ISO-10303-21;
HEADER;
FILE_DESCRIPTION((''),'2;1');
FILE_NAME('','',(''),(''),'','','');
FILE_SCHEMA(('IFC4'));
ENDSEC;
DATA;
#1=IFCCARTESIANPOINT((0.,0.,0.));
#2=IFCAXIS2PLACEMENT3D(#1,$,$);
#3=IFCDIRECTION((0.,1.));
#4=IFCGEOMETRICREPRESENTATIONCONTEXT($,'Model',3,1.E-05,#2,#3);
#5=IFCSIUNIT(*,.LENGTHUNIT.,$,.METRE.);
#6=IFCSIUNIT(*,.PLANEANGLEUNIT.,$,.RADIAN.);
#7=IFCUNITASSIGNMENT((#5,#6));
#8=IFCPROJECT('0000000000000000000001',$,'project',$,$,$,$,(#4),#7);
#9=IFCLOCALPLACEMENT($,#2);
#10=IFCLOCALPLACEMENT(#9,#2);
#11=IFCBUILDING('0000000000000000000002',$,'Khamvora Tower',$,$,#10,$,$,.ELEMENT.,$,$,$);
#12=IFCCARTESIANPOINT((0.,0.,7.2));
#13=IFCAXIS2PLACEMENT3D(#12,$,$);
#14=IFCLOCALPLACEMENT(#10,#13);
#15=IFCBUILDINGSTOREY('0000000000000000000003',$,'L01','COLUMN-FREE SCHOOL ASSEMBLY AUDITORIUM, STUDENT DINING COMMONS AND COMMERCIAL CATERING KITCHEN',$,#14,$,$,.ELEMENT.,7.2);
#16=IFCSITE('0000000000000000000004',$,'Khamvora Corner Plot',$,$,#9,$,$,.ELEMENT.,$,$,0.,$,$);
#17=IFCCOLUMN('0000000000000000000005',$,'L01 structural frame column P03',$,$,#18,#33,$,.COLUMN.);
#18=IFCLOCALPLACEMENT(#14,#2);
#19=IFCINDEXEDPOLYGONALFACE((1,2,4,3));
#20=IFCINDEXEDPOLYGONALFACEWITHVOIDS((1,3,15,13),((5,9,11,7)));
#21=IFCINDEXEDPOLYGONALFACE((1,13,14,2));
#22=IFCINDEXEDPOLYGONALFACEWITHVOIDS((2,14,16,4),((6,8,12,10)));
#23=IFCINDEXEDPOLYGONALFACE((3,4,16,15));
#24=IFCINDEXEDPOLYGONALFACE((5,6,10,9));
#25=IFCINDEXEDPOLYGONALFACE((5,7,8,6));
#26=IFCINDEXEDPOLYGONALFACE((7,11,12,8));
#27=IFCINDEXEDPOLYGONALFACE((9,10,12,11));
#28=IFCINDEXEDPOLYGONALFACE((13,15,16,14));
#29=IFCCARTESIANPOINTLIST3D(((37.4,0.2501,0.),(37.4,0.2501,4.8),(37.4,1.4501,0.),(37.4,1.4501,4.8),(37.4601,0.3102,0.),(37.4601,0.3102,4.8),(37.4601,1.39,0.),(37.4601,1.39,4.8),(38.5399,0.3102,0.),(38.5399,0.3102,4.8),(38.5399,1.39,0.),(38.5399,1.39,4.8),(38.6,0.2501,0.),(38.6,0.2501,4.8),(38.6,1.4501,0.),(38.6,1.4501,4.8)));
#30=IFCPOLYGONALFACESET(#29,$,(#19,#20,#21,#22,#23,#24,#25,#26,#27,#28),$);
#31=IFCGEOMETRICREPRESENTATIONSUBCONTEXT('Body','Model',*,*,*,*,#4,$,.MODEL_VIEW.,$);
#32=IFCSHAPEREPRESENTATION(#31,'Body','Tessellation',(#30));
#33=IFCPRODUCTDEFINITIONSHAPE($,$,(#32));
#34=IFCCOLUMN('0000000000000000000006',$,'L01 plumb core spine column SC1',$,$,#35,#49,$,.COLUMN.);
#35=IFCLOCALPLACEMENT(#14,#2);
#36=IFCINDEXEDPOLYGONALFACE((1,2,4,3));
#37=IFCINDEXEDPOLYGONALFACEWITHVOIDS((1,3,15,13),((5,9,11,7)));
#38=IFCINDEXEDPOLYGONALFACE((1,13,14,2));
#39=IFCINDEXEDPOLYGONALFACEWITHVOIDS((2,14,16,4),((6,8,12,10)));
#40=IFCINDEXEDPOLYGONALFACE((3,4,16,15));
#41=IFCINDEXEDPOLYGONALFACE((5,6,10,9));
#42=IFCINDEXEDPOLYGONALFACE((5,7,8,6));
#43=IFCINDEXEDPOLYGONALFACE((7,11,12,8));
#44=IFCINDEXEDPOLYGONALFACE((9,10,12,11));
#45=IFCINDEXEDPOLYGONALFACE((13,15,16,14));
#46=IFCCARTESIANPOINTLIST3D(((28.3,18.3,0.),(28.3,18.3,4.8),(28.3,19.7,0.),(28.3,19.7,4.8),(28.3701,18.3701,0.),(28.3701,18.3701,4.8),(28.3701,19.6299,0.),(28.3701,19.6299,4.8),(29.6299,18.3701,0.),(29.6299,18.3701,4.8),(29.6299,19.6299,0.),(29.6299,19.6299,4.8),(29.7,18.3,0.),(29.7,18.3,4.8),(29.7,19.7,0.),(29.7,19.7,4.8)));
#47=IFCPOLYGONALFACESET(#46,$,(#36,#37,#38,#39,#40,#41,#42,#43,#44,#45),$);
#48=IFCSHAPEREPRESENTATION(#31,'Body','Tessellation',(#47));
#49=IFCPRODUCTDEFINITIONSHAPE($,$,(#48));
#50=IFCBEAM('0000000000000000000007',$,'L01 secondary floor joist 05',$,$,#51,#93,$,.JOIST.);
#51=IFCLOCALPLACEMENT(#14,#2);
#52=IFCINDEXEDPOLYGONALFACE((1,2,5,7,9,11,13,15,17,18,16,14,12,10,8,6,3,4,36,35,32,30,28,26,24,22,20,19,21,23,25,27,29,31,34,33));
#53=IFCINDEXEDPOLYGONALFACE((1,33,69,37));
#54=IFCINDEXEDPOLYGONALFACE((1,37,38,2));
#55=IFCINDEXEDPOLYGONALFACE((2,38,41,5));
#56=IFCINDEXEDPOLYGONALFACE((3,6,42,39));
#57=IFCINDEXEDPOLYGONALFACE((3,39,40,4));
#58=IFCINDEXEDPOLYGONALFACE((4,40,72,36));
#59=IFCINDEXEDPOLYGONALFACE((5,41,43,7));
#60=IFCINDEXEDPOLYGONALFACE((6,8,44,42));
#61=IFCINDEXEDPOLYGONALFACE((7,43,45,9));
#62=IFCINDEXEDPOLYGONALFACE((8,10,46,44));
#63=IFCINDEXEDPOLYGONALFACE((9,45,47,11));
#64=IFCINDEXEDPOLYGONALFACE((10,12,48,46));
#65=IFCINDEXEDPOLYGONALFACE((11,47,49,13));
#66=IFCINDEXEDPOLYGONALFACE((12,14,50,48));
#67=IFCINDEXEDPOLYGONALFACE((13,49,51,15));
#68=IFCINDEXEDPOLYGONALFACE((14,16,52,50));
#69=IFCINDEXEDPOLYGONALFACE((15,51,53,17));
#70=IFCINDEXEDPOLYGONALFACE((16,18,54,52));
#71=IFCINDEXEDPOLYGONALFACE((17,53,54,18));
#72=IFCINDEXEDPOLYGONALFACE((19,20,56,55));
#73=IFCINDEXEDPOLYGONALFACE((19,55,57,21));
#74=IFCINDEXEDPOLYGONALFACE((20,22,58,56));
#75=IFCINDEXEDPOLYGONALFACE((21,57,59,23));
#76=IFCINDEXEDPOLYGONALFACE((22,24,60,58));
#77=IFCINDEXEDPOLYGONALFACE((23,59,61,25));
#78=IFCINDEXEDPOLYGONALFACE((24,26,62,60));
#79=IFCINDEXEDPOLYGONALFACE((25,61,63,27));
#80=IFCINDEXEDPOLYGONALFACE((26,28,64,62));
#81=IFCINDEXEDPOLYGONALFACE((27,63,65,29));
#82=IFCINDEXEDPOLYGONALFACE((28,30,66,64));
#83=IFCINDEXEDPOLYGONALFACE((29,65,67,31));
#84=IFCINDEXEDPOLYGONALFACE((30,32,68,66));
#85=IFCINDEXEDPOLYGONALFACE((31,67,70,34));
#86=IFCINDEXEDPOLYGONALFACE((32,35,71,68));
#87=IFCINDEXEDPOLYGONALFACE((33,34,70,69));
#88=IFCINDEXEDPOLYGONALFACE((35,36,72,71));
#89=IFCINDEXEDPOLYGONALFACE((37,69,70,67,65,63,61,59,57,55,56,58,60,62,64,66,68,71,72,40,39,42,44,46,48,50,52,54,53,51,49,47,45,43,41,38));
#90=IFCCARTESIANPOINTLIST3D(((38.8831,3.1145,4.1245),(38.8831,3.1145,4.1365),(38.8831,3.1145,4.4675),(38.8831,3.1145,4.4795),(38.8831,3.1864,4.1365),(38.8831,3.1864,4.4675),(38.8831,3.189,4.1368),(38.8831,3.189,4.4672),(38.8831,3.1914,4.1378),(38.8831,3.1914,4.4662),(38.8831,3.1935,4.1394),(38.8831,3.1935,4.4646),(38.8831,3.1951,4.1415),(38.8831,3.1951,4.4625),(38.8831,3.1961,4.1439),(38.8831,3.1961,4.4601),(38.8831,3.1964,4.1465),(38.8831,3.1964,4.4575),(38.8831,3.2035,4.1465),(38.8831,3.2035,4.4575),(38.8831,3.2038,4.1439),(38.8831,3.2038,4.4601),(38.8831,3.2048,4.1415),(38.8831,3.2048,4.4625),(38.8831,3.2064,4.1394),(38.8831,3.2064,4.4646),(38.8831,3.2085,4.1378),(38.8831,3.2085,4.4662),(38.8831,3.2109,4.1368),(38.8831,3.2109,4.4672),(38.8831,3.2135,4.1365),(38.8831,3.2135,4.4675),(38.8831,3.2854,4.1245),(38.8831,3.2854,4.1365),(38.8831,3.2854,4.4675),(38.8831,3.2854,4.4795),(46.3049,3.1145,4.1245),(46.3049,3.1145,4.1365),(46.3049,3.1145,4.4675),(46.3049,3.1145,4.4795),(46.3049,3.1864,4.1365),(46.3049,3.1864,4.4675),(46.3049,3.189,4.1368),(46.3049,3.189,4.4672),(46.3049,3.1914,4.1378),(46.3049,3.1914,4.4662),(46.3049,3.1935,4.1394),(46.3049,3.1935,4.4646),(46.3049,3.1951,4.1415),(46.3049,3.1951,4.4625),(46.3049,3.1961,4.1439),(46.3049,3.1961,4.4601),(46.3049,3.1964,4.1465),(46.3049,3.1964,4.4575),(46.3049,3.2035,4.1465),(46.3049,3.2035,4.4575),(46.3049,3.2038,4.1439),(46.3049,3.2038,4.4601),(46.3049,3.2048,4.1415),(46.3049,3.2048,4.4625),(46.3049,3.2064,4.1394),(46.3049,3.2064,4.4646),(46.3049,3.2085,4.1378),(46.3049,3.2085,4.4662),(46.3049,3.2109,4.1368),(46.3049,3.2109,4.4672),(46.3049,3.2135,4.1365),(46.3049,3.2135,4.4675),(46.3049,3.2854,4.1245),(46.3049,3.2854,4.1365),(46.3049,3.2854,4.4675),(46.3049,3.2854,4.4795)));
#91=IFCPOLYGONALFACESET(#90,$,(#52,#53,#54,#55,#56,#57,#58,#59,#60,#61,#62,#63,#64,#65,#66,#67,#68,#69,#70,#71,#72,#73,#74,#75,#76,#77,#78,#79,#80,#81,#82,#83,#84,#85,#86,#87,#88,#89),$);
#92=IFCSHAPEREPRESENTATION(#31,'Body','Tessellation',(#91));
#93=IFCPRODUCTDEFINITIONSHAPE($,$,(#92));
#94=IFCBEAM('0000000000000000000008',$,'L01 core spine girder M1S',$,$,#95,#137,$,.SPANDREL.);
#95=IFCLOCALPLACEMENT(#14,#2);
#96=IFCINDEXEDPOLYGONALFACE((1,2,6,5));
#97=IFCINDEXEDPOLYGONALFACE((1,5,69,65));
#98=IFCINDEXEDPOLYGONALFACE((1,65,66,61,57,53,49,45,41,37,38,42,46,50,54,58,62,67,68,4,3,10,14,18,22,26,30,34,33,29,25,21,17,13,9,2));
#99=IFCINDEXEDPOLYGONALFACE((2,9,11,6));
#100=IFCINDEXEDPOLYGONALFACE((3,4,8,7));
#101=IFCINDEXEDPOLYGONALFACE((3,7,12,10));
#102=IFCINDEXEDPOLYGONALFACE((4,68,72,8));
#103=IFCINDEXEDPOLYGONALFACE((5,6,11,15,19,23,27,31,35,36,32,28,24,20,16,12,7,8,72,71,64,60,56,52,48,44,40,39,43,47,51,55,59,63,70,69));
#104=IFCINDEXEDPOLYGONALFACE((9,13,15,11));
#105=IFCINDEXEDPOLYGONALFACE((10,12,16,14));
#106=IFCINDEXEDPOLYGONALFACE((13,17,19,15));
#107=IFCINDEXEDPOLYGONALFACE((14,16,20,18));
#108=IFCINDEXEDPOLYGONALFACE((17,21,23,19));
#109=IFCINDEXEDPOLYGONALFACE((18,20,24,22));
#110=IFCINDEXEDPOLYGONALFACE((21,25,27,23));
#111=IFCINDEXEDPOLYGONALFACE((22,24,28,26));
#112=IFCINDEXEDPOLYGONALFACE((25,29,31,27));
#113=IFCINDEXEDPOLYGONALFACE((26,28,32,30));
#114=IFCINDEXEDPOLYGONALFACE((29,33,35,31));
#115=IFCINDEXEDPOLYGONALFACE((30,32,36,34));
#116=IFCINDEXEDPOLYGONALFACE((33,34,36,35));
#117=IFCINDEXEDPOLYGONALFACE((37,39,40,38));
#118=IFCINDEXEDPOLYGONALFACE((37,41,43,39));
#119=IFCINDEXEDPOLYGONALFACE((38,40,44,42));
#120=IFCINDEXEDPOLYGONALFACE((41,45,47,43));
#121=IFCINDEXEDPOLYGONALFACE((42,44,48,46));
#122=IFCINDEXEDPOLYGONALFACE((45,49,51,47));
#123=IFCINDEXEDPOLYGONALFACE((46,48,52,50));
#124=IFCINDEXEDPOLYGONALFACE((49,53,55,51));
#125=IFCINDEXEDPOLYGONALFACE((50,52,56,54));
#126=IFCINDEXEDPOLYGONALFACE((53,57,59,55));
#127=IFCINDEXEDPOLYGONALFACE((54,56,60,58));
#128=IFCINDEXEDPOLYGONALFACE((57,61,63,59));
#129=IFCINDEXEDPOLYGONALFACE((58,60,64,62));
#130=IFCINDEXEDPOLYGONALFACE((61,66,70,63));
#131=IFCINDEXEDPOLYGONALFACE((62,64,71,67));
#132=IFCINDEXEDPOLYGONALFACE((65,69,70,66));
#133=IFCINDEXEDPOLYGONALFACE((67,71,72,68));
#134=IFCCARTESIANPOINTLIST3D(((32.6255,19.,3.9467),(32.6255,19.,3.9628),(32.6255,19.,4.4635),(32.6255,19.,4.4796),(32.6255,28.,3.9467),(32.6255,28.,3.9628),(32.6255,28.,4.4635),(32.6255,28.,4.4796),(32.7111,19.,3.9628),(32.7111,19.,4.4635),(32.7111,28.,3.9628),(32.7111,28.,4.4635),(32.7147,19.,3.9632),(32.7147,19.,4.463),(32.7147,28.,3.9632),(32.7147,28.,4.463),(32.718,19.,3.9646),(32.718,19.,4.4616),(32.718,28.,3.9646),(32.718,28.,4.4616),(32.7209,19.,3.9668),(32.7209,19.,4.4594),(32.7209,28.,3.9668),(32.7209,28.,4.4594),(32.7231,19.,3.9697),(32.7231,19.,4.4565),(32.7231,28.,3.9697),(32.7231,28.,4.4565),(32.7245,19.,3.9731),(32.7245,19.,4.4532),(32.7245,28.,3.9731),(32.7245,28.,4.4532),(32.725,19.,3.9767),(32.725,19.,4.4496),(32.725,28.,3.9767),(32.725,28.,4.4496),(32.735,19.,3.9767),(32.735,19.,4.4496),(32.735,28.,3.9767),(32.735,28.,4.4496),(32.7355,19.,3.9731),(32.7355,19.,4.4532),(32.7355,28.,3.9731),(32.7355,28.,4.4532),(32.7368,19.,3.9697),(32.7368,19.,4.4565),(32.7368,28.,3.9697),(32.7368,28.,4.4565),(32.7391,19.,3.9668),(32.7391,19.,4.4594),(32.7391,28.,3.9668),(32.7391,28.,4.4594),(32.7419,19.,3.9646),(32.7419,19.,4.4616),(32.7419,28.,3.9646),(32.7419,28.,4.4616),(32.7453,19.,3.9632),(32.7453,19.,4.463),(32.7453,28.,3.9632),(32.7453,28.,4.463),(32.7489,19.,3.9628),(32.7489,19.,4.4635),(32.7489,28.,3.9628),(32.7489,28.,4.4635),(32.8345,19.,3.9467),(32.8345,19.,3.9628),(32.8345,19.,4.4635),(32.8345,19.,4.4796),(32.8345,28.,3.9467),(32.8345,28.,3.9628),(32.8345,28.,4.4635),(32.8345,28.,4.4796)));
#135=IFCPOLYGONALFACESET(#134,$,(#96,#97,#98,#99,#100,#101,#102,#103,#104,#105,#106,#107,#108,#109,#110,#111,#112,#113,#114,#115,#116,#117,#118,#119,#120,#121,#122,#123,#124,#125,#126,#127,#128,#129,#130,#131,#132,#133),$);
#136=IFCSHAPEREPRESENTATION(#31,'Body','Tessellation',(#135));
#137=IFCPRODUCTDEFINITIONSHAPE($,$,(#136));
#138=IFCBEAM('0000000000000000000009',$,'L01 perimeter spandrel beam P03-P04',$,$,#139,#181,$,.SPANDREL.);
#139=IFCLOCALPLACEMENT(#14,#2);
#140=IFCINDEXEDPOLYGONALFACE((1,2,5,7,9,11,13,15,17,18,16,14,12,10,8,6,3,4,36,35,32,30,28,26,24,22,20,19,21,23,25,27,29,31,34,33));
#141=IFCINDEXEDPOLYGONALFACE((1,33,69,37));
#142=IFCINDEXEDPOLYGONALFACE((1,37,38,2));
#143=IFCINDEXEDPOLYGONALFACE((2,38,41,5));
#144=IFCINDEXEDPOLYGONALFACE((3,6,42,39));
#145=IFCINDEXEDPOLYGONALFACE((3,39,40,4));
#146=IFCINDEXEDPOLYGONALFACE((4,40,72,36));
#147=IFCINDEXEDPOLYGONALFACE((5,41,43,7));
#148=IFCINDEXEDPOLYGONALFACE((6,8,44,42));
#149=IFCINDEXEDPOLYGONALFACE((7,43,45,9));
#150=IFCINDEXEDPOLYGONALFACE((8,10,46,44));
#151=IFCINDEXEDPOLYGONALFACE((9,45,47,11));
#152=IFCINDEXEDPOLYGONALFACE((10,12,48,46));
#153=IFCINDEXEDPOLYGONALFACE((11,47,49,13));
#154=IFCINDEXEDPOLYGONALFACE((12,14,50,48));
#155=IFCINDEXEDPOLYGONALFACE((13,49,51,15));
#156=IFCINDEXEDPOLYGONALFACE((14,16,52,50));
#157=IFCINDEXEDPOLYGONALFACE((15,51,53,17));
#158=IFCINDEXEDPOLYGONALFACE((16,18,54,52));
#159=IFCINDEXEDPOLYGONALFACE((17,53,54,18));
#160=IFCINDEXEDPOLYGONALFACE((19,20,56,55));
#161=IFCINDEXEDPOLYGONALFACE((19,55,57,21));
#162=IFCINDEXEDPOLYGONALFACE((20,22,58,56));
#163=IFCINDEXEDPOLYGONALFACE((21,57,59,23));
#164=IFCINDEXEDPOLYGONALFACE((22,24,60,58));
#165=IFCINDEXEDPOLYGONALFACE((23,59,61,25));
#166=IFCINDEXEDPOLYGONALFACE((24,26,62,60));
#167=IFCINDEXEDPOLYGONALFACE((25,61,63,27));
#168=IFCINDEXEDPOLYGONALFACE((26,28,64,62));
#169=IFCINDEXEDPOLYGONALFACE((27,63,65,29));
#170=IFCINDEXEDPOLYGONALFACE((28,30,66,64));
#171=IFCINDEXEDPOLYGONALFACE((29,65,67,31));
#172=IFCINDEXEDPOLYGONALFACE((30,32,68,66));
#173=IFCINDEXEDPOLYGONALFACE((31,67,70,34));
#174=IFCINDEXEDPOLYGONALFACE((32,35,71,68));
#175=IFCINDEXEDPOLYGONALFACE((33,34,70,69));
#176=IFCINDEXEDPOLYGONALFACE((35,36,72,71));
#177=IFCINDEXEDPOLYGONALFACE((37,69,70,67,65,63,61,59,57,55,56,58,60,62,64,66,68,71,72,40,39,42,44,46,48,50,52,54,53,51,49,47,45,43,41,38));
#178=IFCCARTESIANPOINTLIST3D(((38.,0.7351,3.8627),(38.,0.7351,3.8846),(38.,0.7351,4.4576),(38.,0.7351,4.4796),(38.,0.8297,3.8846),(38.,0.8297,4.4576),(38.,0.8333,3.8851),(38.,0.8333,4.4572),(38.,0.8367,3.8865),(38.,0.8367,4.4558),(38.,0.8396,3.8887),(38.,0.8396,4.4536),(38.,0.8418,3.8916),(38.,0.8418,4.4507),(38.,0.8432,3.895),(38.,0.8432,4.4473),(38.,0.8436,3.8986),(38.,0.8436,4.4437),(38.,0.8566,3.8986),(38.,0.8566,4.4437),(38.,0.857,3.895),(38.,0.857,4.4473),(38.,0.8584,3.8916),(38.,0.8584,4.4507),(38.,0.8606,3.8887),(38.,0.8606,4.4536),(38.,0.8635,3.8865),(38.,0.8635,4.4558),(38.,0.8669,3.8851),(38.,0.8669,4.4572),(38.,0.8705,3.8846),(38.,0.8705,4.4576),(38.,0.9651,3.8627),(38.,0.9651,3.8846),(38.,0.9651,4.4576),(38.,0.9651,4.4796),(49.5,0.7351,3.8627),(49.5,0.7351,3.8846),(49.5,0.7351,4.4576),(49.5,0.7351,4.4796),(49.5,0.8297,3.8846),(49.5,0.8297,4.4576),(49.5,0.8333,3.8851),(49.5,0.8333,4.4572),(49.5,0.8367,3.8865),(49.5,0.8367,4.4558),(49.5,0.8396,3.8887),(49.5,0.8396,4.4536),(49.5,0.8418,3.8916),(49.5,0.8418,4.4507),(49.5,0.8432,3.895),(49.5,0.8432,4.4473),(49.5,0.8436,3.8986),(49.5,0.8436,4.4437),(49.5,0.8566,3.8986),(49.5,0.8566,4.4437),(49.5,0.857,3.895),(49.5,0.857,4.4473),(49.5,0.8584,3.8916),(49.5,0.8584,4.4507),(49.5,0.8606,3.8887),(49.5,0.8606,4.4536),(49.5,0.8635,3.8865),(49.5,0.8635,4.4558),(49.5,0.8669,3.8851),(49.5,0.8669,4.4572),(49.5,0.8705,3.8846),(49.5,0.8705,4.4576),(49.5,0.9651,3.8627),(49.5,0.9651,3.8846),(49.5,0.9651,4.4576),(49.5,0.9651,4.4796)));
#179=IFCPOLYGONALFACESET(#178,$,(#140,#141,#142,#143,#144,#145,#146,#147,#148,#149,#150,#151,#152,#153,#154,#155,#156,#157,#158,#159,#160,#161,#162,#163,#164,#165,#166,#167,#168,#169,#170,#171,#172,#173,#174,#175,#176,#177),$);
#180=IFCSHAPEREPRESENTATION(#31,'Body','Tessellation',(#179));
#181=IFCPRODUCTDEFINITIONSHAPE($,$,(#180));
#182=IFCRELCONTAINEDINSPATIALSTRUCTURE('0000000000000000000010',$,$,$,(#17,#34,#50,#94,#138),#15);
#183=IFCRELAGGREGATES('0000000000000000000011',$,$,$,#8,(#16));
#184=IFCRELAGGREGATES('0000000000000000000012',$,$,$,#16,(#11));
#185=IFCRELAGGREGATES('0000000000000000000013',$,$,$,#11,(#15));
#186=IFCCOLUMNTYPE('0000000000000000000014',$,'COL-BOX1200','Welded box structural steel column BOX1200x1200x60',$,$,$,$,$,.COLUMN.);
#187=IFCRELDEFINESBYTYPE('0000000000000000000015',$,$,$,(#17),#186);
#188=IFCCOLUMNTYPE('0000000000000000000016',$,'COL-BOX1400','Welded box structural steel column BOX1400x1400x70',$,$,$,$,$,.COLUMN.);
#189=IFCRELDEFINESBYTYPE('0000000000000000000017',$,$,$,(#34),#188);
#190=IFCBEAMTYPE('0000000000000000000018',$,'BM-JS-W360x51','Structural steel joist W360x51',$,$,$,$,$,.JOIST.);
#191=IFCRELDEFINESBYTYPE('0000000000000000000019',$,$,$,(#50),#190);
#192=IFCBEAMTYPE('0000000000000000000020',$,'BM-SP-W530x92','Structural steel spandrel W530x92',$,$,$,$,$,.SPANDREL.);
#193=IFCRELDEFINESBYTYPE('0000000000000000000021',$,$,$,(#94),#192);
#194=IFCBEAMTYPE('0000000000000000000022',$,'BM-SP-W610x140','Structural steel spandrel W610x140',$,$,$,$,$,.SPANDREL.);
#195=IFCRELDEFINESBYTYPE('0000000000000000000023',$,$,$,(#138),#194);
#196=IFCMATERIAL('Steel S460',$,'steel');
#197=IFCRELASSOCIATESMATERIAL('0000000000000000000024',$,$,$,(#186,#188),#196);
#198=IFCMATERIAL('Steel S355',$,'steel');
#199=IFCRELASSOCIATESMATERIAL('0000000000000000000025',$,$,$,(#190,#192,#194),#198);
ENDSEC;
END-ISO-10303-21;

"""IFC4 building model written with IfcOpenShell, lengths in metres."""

from ifc_helpers import new_model, si_unit, direction, frame, origin, origin_2d, place, context, subcontext, project, spatial, hollow_rectangle, i_section, extrude, material, material_profile, profile_set, type_object, element, save


model = new_model("IFC4")

# Units and contexts
model_context = context("Model", 3, precision=1e-05, world=origin(), true_north=direction((0.0, 1.0)))
body_context = subcontext(model_context, "Body", "Model", "MODEL_VIEW")
ifc_project = project(units=[si_unit("LENGTHUNIT", "METRE"), si_unit("PLANEANGLEUNIT", "RADIAN")], contexts=[model_context])

# Site, building, storey
site_placement = place(None, origin())
site = spatial("IfcSite", under=ifc_project, at=site_placement, Name="Khamvora Corner Plot", CompositionType="ELEMENT", RefElevation=0.0)
building_placement = place(site_placement, origin())
building = spatial("IfcBuilding", under=site, at=building_placement, Name="Khamvora Tower", CompositionType="ELEMENT")
storey_placement = place(building_placement, frame((0.0, 0.0, 7.2)))
storey = spatial("IfcBuildingStorey", under=building, at=storey_placement, Name="L01", Description="COLUMN-FREE SCHOOL ASSEMBLY AUDITORIUM, STUDENT DINING COMMONS AND COMMERCIAL CATERING KITCHEN", CompositionType="ELEMENT", Elevation=7.2)

# Columns
ifc_material_1 = material(Name="Steel S460", Category="steel")
ifc_material_profile_1 = material_profile(ifc_material_1, hollow_rectangle(XDim=1.2, YDim=1.2, WallThickness=0.0601, at=origin_2d()), Name="BOX1200x1200x60")
ifc_profile_set_1 = profile_set([ifc_material_profile_1], Name="Steel S460")
column_type_1 = type_object("IfcColumnType", Name="COL-BOX1200", Description="Welded box structural steel column BOX1200x1200x60", PredefinedType="COLUMN", material=ifc_profile_set_1)
column_1_placement = place(storey_placement, frame((38.0, 0.8501, 0.0), z_axis=(0.0, 0.0, 1.0), x_axis=(1.0, 0.0, 0.0)))
element("IfcColumn", 1, at=column_1_placement, inside=storey, type_object=column_type_1, Name="L01 structural frame column P03", PredefinedType="COLUMN", context=body_context, shape_type="SweptSolid", body=[
    extrude(hollow_rectangle(XDim=1.2, YDim=1.2, WallThickness=0.0601, at=origin_2d()), origin(), (0.0, 0.0, 1.0), 4.8),
])
ifc_material_profile_2 = material_profile(ifc_material_1, hollow_rectangle(XDim=1.3999, YDim=1.3999, WallThickness=0.0701, at=origin_2d()), Name="BOX1400x1400x70")
ifc_profile_set_2 = profile_set([ifc_material_profile_2], Name="Steel S460")
column_type_2 = type_object("IfcColumnType", Name="COL-BOX1400", Description="Welded box structural steel column BOX1400x1400x70", PredefinedType="COLUMN", material=ifc_profile_set_2)
column_2_placement = place(storey_placement, frame((29.0, 19.0, 0.0), z_axis=(0.0, 0.0, 1.0), x_axis=(1.0, 0.0, 0.0)))
element("IfcColumn", 2, at=column_2_placement, inside=storey, type_object=column_type_2, Name="L01 plumb core spine column SC1", PredefinedType="COLUMN", context=body_context, shape_type="SweptSolid", body=[
    extrude(hollow_rectangle(XDim=1.3999, YDim=1.3999, WallThickness=0.0701, at=origin_2d()), origin(), (0.0, 0.0, 1.0), 4.8),
])

# Beams
ifc_material_2 = material(Name="Steel S355", Category="steel")
ifc_material_profile_3 = material_profile(ifc_material_2, i_section(OverallWidth=0.1709, OverallDepth=0.355, WebThickness=0.0071, FlangeThickness=0.012, FilletRadius=0.01, at=origin_2d()), Name="W360x51")
ifc_profile_set_3 = profile_set([ifc_material_profile_3], Name="Steel S355")
beam_type_1 = type_object("IfcBeamType", Name="BM-JS-W360x51", Description="Structural steel joist W360x51", PredefinedType="JOIST", material=ifc_profile_set_3)
beam_1_placement = place(storey_placement, frame((38.8831, 3.2, 4.302), z_axis=(1.0, 0.0, 0.0), x_axis=(0.0, 1.0, 0.0)))
element("IfcBeam", 3, at=beam_1_placement, inside=storey, type_object=beam_type_1, Name="L01 secondary floor joist 05", PredefinedType="JOIST", context=body_context, shape_type="SweptSolid", body=[
    extrude(i_section(OverallWidth=0.1709, OverallDepth=0.355, WebThickness=0.0071, FlangeThickness=0.012, FilletRadius=0.01, at=origin_2d()), origin(), (0.0, 0.0, 1.0), 7.4219),
])
ifc_material_profile_4 = material_profile(ifc_material_2, i_section(OverallWidth=0.209, OverallDepth=0.533, WebThickness=0.01, FlangeThickness=0.0161, FilletRadius=0.0139, at=origin_2d()), Name="W530x92")
ifc_profile_set_4 = profile_set([ifc_material_profile_4], Name="Steel S355")
beam_type_2 = type_object("IfcBeamType", Name="BM-SP-W530x92", Description="Structural steel spandrel W530x92", PredefinedType="SPANDREL", material=ifc_profile_set_4)
beam_2_placement = place(storey_placement, frame((32.73, 19.0, 4.2131), z_axis=(0.0, 1.0, 0.0), x_axis=(-1.0, 0.0, 0.0)))
element("IfcBeam", 4, at=beam_2_placement, inside=storey, type_object=beam_type_2, Name="L01 core spine girder M1S", PredefinedType="SPANDREL", context=body_context, shape_type="SweptSolid", body=[
    extrude(i_section(OverallWidth=0.209, OverallDepth=0.533, WebThickness=0.01, FlangeThickness=0.0161, FilletRadius=0.0139, at=origin_2d()), origin(), (0.0, 0.0, 1.0), 9.0),
])
ifc_material_profile_5 = material_profile(ifc_material_2, i_section(OverallWidth=0.23, OverallDepth=0.6169, WebThickness=0.0129, FlangeThickness=0.022, FilletRadius=0.0139, at=origin_2d()), Name="W610x140")
ifc_profile_set_5 = profile_set([ifc_material_profile_5], Name="Steel S355")
beam_type_3 = type_object("IfcBeamType", Name="BM-SP-W610x140", Description="Structural steel spandrel W610x140", PredefinedType="SPANDREL", material=ifc_profile_set_5)
beam_3_placement = place(storey_placement, frame((38.0, 0.8501, 4.1711), z_axis=(1.0, 0.0, 0.0), x_axis=(0.0, 1.0, 0.0)))
element("IfcBeam", 5, at=beam_3_placement, inside=storey, type_object=beam_type_3, Name="L01 perimeter spandrel beam P03-P04", PredefinedType="SPANDREL", context=body_context, shape_type="SweptSolid", body=[
    extrude(i_section(OverallWidth=0.23, OverallDepth=0.6169, WebThickness=0.0129, FlangeThickness=0.022, FilletRadius=0.0139, at=origin_2d()), origin(), (0.0, 0.0, 1.0), 11.5),
])

save(model, "model.ifc")
